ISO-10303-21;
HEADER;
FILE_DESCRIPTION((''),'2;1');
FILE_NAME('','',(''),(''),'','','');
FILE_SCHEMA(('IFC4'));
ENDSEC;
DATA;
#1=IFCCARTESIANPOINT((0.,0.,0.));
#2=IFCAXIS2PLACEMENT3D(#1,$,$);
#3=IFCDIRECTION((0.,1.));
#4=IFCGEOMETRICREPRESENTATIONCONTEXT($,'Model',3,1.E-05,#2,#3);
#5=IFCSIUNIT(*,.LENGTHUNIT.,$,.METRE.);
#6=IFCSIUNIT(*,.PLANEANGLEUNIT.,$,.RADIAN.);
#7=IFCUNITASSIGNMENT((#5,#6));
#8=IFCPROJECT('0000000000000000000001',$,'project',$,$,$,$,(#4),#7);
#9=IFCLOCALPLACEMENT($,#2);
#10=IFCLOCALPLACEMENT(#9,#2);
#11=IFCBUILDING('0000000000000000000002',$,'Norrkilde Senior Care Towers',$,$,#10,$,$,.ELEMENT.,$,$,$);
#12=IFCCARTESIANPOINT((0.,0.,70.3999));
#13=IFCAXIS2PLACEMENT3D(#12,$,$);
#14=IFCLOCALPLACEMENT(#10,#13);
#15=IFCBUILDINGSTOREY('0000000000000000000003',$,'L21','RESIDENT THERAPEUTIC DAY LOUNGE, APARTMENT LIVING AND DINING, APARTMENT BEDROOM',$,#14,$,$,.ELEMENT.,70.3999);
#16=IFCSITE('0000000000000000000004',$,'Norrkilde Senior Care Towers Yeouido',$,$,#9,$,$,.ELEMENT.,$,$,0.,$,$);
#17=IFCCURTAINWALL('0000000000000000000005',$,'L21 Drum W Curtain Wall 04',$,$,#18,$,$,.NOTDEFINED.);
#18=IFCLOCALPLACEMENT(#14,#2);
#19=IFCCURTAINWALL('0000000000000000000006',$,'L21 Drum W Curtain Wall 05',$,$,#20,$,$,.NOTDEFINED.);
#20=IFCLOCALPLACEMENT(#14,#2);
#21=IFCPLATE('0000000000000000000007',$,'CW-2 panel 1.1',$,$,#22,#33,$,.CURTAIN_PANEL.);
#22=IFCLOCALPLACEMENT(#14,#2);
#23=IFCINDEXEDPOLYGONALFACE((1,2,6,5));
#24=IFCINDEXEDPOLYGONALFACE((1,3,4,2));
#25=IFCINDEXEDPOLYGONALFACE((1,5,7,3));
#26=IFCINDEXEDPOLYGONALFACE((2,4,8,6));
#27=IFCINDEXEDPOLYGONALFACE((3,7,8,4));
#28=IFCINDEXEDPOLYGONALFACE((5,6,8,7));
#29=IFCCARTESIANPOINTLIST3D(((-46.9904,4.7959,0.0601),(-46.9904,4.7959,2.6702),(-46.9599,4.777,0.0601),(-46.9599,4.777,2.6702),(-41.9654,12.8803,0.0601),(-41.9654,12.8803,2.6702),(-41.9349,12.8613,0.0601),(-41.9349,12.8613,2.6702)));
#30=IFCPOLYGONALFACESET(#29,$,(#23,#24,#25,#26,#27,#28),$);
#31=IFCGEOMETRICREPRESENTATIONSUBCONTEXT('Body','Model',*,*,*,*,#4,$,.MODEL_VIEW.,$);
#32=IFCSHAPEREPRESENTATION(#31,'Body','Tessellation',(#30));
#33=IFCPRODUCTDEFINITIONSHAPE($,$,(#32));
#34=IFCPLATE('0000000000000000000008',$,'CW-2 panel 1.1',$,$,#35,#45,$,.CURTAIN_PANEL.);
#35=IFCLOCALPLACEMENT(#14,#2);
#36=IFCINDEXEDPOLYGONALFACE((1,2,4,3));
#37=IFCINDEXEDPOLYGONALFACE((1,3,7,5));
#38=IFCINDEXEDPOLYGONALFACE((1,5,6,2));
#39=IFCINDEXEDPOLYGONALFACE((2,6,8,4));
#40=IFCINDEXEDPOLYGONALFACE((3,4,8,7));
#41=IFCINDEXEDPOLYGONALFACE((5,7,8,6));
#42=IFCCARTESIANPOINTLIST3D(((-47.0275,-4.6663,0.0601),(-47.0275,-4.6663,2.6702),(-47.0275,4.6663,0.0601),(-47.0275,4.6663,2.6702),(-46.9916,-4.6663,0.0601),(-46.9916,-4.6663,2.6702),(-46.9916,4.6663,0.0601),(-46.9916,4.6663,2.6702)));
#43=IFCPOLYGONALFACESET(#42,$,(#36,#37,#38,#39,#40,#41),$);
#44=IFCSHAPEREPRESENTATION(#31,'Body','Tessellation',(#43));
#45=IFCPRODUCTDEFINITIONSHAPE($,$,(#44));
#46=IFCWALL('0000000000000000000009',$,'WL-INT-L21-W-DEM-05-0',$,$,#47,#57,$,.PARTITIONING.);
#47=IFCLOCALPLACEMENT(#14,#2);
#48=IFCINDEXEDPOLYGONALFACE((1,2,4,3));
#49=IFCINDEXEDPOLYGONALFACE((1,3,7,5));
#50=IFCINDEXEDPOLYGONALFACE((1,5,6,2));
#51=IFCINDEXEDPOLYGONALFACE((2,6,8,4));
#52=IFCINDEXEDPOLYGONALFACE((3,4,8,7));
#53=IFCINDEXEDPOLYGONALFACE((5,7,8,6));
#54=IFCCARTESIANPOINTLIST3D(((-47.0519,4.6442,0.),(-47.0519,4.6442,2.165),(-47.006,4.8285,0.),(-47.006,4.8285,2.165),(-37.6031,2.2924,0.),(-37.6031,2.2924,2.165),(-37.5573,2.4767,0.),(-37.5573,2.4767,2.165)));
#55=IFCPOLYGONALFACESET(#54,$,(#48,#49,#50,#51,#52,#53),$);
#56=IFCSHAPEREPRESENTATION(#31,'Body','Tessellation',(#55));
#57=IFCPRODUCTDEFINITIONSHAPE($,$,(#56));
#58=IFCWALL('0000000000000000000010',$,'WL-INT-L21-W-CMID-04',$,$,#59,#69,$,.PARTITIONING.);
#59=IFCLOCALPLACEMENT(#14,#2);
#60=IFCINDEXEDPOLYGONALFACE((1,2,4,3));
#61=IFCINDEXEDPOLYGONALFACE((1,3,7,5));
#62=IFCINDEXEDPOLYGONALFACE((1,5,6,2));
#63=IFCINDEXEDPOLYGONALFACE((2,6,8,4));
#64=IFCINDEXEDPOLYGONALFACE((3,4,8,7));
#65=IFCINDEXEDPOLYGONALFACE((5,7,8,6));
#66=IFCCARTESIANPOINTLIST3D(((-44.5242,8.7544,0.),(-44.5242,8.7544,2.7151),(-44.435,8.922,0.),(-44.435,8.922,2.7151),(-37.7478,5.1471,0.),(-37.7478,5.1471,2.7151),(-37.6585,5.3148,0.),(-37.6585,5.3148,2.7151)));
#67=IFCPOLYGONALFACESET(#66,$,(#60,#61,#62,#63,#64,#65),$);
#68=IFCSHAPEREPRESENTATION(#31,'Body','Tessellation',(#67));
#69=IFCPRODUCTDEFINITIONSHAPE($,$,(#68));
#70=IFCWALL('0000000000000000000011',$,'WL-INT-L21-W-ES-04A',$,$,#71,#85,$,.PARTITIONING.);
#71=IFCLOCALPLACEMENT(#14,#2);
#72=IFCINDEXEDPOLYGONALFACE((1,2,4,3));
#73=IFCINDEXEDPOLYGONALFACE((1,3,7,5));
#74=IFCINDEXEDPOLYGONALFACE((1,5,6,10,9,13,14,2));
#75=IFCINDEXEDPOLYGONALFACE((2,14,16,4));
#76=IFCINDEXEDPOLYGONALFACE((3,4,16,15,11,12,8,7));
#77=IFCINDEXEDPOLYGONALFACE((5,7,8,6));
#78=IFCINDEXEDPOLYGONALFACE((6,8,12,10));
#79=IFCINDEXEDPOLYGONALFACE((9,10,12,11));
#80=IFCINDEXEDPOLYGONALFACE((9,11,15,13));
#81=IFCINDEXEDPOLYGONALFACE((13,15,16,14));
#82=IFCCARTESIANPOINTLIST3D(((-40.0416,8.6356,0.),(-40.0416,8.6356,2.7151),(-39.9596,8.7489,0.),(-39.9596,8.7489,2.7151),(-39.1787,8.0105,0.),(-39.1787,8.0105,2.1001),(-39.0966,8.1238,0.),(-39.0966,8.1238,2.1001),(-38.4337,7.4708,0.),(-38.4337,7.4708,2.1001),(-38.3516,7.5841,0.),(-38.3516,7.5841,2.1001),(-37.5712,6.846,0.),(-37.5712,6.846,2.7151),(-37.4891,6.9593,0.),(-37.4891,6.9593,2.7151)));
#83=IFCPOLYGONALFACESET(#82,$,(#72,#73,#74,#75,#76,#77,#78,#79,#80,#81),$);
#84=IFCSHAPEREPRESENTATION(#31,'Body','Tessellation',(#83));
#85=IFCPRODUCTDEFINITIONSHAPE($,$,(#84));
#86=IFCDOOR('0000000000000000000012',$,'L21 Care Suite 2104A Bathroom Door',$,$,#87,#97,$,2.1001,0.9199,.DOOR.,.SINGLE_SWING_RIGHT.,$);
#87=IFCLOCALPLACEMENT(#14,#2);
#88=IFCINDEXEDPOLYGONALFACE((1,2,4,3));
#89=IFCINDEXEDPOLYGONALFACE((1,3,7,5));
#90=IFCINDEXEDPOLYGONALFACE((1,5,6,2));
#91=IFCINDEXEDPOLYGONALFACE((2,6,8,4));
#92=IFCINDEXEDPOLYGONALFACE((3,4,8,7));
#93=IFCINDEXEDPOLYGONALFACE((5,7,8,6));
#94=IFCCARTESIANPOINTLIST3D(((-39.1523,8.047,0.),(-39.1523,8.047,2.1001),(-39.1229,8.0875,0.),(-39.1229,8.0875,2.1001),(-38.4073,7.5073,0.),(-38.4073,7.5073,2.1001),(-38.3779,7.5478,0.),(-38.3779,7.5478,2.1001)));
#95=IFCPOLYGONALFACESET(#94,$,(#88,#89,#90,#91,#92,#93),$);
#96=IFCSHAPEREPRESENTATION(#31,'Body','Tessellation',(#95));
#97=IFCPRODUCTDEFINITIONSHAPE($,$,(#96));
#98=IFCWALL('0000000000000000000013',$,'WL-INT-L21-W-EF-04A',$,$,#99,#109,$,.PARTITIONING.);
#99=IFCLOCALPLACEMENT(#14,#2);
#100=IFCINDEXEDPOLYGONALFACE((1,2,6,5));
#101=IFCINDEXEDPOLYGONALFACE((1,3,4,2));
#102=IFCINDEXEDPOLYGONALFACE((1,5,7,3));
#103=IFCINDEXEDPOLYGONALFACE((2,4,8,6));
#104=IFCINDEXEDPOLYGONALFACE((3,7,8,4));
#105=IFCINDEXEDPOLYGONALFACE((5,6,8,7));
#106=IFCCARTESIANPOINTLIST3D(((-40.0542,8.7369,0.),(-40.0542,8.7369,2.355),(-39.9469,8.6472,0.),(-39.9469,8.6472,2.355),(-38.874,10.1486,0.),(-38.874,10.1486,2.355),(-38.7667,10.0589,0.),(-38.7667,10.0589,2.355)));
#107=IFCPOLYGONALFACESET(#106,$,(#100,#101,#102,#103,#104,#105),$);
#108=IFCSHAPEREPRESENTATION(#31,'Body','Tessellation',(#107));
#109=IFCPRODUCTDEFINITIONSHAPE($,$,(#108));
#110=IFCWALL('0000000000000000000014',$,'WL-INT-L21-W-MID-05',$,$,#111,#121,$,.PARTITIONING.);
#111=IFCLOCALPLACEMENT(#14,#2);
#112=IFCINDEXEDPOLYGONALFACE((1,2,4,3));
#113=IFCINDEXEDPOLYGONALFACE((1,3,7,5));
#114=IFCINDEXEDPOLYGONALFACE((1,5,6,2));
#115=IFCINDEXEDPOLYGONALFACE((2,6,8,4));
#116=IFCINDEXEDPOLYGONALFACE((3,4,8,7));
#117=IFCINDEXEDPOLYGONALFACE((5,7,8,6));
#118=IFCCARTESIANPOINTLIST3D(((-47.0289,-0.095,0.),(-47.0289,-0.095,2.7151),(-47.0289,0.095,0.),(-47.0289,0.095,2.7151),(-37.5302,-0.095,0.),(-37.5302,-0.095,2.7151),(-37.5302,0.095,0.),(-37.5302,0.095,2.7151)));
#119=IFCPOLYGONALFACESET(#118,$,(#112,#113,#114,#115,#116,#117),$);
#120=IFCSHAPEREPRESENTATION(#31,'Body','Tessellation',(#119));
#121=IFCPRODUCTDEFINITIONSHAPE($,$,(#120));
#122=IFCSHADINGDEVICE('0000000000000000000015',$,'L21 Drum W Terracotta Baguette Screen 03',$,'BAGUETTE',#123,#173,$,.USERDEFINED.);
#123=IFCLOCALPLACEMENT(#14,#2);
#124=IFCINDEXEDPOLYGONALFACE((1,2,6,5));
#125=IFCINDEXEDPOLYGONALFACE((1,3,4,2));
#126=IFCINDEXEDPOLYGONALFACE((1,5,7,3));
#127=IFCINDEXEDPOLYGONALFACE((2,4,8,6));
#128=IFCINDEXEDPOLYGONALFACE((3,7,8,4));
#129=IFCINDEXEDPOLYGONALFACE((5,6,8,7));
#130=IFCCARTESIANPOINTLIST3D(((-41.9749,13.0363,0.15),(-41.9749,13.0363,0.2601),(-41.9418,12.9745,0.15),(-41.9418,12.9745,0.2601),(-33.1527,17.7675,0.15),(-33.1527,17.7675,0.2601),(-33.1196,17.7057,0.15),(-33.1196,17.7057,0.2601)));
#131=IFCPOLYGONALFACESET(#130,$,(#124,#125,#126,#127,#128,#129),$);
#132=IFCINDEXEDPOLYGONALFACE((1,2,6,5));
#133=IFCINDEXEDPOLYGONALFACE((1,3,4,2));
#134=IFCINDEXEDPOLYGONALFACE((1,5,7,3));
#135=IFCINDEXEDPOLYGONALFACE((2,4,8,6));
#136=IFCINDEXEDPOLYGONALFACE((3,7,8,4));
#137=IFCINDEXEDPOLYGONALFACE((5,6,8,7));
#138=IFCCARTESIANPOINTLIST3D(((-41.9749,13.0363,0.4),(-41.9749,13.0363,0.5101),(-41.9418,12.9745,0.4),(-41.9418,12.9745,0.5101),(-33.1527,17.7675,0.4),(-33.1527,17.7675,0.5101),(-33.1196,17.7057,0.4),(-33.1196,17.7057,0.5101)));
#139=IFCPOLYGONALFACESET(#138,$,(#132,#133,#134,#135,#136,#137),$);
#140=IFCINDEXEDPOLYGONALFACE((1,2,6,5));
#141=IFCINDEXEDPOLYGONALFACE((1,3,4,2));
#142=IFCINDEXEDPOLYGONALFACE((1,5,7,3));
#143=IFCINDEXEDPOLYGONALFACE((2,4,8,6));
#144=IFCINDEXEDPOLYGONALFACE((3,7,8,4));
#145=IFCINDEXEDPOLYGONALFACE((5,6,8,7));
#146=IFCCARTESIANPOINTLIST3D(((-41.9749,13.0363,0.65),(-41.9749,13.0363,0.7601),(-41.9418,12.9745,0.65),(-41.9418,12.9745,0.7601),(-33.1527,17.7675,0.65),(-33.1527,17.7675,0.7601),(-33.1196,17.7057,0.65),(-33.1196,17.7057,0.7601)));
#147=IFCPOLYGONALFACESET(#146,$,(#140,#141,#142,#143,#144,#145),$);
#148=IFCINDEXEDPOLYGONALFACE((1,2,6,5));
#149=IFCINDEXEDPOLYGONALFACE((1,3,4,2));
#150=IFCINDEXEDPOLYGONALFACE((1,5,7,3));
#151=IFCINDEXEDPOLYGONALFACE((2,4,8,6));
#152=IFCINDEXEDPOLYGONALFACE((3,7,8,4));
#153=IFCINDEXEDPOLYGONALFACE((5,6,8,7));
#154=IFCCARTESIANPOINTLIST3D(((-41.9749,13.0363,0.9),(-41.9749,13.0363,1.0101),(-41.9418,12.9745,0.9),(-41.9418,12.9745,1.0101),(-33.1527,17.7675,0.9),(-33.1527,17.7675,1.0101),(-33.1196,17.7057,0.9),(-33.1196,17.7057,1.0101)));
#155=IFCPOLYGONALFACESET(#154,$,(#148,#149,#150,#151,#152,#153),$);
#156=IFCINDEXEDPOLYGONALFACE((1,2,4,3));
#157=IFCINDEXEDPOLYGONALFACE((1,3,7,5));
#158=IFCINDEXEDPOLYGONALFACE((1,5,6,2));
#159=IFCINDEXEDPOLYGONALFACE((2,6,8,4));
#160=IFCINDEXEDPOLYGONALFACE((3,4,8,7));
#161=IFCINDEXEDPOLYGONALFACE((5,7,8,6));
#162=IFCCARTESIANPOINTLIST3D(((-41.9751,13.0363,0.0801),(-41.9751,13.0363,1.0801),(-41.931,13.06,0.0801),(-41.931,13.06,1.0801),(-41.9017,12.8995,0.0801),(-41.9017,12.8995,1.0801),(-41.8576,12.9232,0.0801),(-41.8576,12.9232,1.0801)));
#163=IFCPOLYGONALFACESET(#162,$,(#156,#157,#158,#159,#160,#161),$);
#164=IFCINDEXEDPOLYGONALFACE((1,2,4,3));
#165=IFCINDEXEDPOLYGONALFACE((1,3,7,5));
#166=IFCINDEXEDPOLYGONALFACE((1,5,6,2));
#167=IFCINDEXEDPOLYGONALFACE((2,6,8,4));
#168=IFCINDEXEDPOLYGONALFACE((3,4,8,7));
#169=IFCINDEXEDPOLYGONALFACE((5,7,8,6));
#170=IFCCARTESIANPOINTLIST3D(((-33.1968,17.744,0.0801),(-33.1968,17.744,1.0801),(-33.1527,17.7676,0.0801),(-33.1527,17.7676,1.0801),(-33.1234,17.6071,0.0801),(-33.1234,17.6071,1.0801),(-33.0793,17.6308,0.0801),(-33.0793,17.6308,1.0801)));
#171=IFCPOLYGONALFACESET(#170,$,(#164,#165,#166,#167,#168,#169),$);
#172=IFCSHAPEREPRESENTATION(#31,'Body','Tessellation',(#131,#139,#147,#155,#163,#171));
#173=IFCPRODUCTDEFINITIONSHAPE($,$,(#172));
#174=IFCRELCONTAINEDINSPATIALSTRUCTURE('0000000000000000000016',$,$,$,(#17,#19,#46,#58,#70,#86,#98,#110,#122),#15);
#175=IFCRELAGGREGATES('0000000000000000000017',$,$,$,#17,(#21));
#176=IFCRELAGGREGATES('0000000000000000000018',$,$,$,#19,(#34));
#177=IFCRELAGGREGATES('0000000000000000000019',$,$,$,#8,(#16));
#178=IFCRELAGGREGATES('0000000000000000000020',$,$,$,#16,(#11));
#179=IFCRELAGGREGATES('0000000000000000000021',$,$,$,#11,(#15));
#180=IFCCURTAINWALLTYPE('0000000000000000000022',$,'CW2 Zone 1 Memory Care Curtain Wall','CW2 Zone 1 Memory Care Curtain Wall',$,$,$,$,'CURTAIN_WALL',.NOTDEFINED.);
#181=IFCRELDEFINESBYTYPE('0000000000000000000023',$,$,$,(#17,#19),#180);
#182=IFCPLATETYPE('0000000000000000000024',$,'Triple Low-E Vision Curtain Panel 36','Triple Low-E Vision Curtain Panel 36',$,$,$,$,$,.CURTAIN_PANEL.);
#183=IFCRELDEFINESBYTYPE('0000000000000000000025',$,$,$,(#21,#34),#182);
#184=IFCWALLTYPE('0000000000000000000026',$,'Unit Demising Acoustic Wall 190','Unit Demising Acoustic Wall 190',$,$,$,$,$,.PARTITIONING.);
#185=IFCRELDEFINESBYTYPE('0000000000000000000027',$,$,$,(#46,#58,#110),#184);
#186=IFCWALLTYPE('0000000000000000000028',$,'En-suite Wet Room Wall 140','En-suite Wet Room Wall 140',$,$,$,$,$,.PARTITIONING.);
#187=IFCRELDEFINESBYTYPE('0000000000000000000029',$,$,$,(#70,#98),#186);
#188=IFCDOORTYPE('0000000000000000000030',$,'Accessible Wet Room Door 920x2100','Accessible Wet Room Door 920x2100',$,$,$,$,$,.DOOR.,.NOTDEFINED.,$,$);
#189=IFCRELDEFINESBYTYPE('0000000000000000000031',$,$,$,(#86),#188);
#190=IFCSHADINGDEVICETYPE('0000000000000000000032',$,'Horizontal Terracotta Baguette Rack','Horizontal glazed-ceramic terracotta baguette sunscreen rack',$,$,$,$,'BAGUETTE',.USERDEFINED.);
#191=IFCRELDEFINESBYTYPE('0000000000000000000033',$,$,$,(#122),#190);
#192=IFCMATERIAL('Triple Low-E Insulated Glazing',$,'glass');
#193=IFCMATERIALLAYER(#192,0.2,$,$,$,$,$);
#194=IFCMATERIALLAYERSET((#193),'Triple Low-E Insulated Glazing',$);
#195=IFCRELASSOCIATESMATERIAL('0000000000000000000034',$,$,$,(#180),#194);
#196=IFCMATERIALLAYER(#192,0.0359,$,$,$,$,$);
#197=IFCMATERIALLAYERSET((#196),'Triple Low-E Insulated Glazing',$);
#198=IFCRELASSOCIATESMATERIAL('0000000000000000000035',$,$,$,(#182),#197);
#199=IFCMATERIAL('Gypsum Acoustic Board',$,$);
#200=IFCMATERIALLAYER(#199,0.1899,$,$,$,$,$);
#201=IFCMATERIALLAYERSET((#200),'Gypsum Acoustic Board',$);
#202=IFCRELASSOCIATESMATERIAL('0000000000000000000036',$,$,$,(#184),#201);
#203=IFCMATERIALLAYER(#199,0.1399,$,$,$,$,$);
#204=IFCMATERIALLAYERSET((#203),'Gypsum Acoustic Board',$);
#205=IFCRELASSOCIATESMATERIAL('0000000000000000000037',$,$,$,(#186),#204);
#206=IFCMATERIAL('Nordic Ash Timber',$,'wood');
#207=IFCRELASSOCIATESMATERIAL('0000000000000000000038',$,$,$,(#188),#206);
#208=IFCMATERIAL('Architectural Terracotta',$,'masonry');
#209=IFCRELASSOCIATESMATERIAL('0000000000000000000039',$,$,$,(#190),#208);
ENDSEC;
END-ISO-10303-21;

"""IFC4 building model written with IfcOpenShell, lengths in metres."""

from ifc_helpers import new_model, si_unit, direction, frame, frame_2d, origin, origin_2d, place, context, subcontext, project, spatial, rectangle, extrude, source, transform, mapped, material, layer, layer_set, type_object, type_shapes, element, fill, aggregate, save


model = new_model("IFC4")

# Units and contexts
model_context = context("Model", 3, precision=1e-05, world=origin(), true_north=direction((0.0, 1.0)))
body_context = subcontext(model_context, "Body", "Model", "MODEL_VIEW")
ifc_project = project(units=[si_unit("LENGTHUNIT", "METRE"), si_unit("PLANEANGLEUNIT", "RADIAN")], contexts=[model_context])

# Site, building, storey
site_placement = place(None, origin())
site = spatial("IfcSite", under=ifc_project, at=site_placement, Name="Norrkilde Senior Care Towers Yeouido", CompositionType="ELEMENT", RefElevation=0.0)
building_placement = place(site_placement, origin())
building = spatial("IfcBuilding", under=site, at=building_placement, Name="Norrkilde Senior Care Towers", CompositionType="ELEMENT")
storey_placement = place(building_placement, frame((0.0, 0.0, 70.3999)))
storey = spatial("IfcBuildingStorey", under=building, at=storey_placement, Name="L21", Description="RESIDENT THERAPEUTIC DAY LOUNGE, APARTMENT LIVING AND DINING, APARTMENT BEDROOM", CompositionType="ELEMENT", Elevation=70.3999)

# Curtain wall
ifc_material_1 = material(Name="Triple Low-E Insulated Glazing", Category="glass")
ifc_layer_1 = layer(ifc_material_1, 0.2)
ifc_layer_set_1 = layer_set([ifc_layer_1], Name="Triple Low-E Insulated Glazing")
curtain_wall_type = type_object("IfcCurtainWallType", Name="CW2 Zone 1 Memory Care Curtain Wall", Description="CW2 Zone 1 Memory Care Curtain Wall", ElementType="CURTAIN_WALL", PredefinedType="NOTDEFINED", material=ifc_layer_set_1)
curtain_wall_1_placement = place(storey_placement, origin())
curtain_wall_1 = element("IfcCurtainWall", 1, at=curtain_wall_1_placement, inside=storey, type_object=curtain_wall_type, Name="L21 Drum W Curtain Wall 04", PredefinedType="NOTDEFINED")

# Curtain wall
curtain_wall_2_placement = place(storey_placement, origin())
curtain_wall_2 = element("IfcCurtainWall", 2, at=curtain_wall_2_placement, inside=storey, type_object=curtain_wall_type, Name="L21 Drum W Curtain Wall 05", PredefinedType="NOTDEFINED")

# Plates
ifc_layer_2 = layer(ifc_material_1, 0.0359)
ifc_layer_set_2 = layer_set([ifc_layer_2], Name="Triple Low-E Insulated Glazing")
plate_type = type_object("IfcPlateType", Name="Triple Low-E Vision Curtain Panel 36", Description="Triple Low-E Vision Curtain Panel 36", PredefinedType="CURTAIN_PANEL", material=ifc_layer_set_2)
shared_shape_1 = source(origin(), body_context, "Body", "SweptSolid", [
    extrude(rectangle(XDim=9.5188, YDim=0.0359, at=origin_2d()), origin(), (0.0, 0.0, 1.0), 2.6101),
])
plate_1_placement = place(storey_placement, frame((-44.4626, 8.8286, 0.0601), z_axis=(0.0, 0.0, 1.0), x_axis=(0.527901, 0.849306, 0.0)))
plate_1 = element("IfcPlate", 3, at=plate_1_placement, type_object=plate_type, Name="CW-2 panel 1.1", PredefinedType="CURTAIN_PANEL", context=body_context, shape_type="MappedRepresentation", body=[
    mapped(shared_shape_1, transform((0.0, 0.0, 0.0), x_axis=(1.0, 0.0, 0.0), y_axis=(0.0, 1.0, 0.0), z_axis=(0.0, 0.0, 1.0), scale=1.0)),
])
aggregate(curtain_wall_1, [plate_1])
shared_shape_2 = source(origin(), body_context, "Body", "SweptSolid", [
    extrude(rectangle(XDim=9.3325, YDim=0.0359, at=origin_2d()), origin(), (0.0, 0.0, 1.0), 2.6101),
])
plate_2_placement = place(storey_placement, frame((-47.0095, 0.0, 0.0601), z_axis=(0.0, 0.0, 1.0), x_axis=(0.0, 1.0, 0.0)))
plate_2 = element("IfcPlate", 4, at=plate_2_placement, type_object=plate_type, Name="CW-2 panel 1.1", PredefinedType="CURTAIN_PANEL", context=body_context, shape_type="MappedRepresentation", body=[
    mapped(shared_shape_2, transform((0.0, 0.0, 0.0), x_axis=(1.0, 0.0, 0.0), y_axis=(0.0, 1.0, 0.0), z_axis=(0.0, 0.0, 1.0), scale=1.0)),
])
aggregate(curtain_wall_2, [plate_2])

# Shared definitions
ifc_material_2 = material(Name="Gypsum Acoustic Board")
ifc_material_3 = material(Name="Nordic Ash Timber", Category="wood")

# Walls
ifc_layer_3 = layer(ifc_material_2, 0.1899)
ifc_layer_set_3 = layer_set([ifc_layer_3], Name="Gypsum Acoustic Board")
wall_type_1 = type_object("IfcWallType", Name="Unit Demising Acoustic Wall 190", Description="Unit Demising Acoustic Wall 190", PredefinedType="PARTITIONING", material=ifc_layer_set_3)
shared_shape_3 = source(origin(), body_context, "Body", "SweptSolid", [
    extrude(rectangle(XDim=9.7371, YDim=0.1899, at=frame_2d((4.8687, 0.0))), origin(), (0.0, 0.0, 1.0), 2.165),
])
wall_1_placement = place(storey_placement, frame((-37.5801, 2.3845, 0.0), z_axis=(0.0, 0.0, 1.0), x_axis=(-0.970393, 0.241533, 0.0)))
element("IfcWall", 5, at=wall_1_placement, inside=storey, type_object=wall_type_1, Name="WL-INT-L21-W-DEM-05-0", PredefinedType="PARTITIONING", context=body_context, shape_type="MappedRepresentation", body=[
    mapped(shared_shape_3, transform((0.0, 0.0, 0.0), x_axis=(1.0, 0.0, 0.0), y_axis=(0.0, 1.0, 0.0), z_axis=(0.0, 0.0, 1.0), scale=1.0)),
])
shared_shape_4 = source(origin(), body_context, "Body", "SweptSolid", [
    extrude(rectangle(XDim=7.6768, YDim=0.1899, at=frame_2d((3.8384, 0.0))), origin(), (0.0, 0.0, 1.0), 2.7151),
])
wall_2_placement = place(storey_placement, frame((-37.7031, 5.231, 0.0), z_axis=(0.0, 0.0, 1.0), x_axis=(-0.882725, 0.46989, 0.0)))
element("IfcWall", 6, at=wall_2_placement, inside=storey, type_object=wall_type_1, Name="WL-INT-L21-W-CMID-04", PredefinedType="PARTITIONING", context=body_context, shape_type="MappedRepresentation", body=[
    mapped(shared_shape_4, transform((0.0, 0.0, 0.0), x_axis=(1.0, 0.0, 0.0), y_axis=(0.0, 1.0, 0.0), z_axis=(0.0, 0.0, 1.0), scale=1.0)),
])

# Wall, opening, door
ifc_layer_4 = layer(ifc_material_2, 0.1399)
ifc_layer_set_4 = layer_set([ifc_layer_4], Name="Gypsum Acoustic Board")
wall_type_2 = type_object("IfcWallType", Name="En-suite Wet Room Wall 140", Description="En-suite Wet Room Wall 140", PredefinedType="PARTITIONING", material=ifc_layer_set_4)
shared_shape_5 = source(origin(), body_context, "Body", "SweptSolid", [
    extrude(rectangle(XDim=3.0505, YDim=0.1399, at=frame_2d((1.5254, 0.0))), origin(), (0.0, 0.0, 1.0), 2.7151),
])
wall_3_placement = place(storey_placement, frame((-37.53, 6.9026, 0.0), z_axis=(0.0, 0.0, 1.0), x_axis=(-0.809849, 0.586638, 0.0)))
wall_3 = element("IfcWall", 7, at=wall_3_placement, inside=storey, type_object=wall_type_2, Name="WL-INT-L21-W-ES-04A", PredefinedType="PARTITIONING", context=body_context, shape_type="MappedRepresentation", body=[
    mapped(shared_shape_5, transform((0.0, 0.0, 0.0), x_axis=(1.0, 0.0, 0.0), y_axis=(0.0, 1.0, 0.0), z_axis=(0.0, 0.0, 1.0), scale=1.0)),
])
opening_1_placement = place(wall_3_placement, frame((1.0652, 0.0, 0.0)))
opening_1 = element("IfcOpeningElement", 8, at=opening_1_placement, cuts=wall_3, PredefinedType="OPENING", context=body_context, shape_type="SweptSolid", body=[
    extrude(rectangle(XDim=0.9199, YDim=2.1001, at=frame_2d((0.46, 1.05))), frame((0.0, 0.0798, 0.0), z_axis=(0.0, -1.0, 0.0), x_axis=(1.0, 0.0, 0.0)), (0.0, 0.0, 1.0), 0.1599),
])
door_type_1 = type_object("IfcDoorType", Name="Accessible Wet Room Door 920x2100", Description="Accessible Wet Room Door 920x2100", OperationType="NOTDEFINED", PredefinedType="DOOR", material=ifc_material_3)
shared_shape_6 = source(origin(), body_context, "Body", "SweptSolid", [
    extrude(rectangle(XDim=0.9199, YDim=2.1001, at=frame_2d((0.46, 1.05))), frame((0.0, 0.0249, 0.0), z_axis=(0.0, -1.0, 0.0), x_axis=(1.0, 0.0, 0.0)), (0.0, 0.0, 1.0), 0.05),
])
type_shapes(door_type_1, [shared_shape_6])
door_1_placement = place(opening_1_placement, origin())
door_1 = element("IfcDoor", 9, at=door_1_placement, inside=storey, type_object=door_type_1, Name="L21 Care Suite 2104A Bathroom Door", OperationType="SINGLE_SWING_RIGHT", OverallHeight=2.1001, OverallWidth=0.9199, PredefinedType="DOOR", context=body_context, shape_type="MappedRepresentation", body=[
    mapped(shared_shape_6, transform((0.0, 0.0, 0.0), x_axis=(1.0, 0.0, 0.0), y_axis=(0.0, 1.0, 0.0), z_axis=(0.0, 0.0, 1.0), scale=1.0)),
])
fill(opening_1, door_1)

# Walls
shared_shape_7 = source(origin(), body_context, "Body", "SweptSolid", [
    extrude(rectangle(XDim=1.8401, YDim=0.1399, at=frame_2d((0.9199, 0.0))), origin(), (0.0, 0.0, 1.0), 2.355),
])
type_shapes(wall_type_2, [shared_shape_5, shared_shape_7])
wall_4_placement = place(storey_placement, frame((-40.0005, 8.6921, 0.0), z_axis=(0.0, 0.0, 1.0), x_axis=(0.64141, 0.767198, 0.0)))
element("IfcWall", 10, at=wall_4_placement, inside=storey, type_object=wall_type_2, Name="WL-INT-L21-W-EF-04A", PredefinedType="PARTITIONING", context=body_context, shape_type="MappedRepresentation", body=[
    mapped(shared_shape_7, transform((0.0, 0.0, 0.0), x_axis=(1.0, 0.0, 0.0), y_axis=(0.0, 1.0, 0.0), z_axis=(0.0, 0.0, 1.0), scale=1.0)),
])
shared_shape_8 = source(origin(), body_context, "Body", "SweptSolid", [
    extrude(rectangle(XDim=9.4988, YDim=0.1899, at=frame_2d((4.7495, 0.0))), origin(), (0.0, 0.0, 1.0), 2.7151),
])
type_shapes(wall_type_1, [shared_shape_3, shared_shape_4, shared_shape_8])
wall_5_placement = place(storey_placement, frame((-37.53, 0.0, 0.0), z_axis=(0.0, 0.0, 1.0), x_axis=(-1.0, 0.0, 0.0)))
element("IfcWall", 11, at=wall_5_placement, inside=storey, type_object=wall_type_1, Name="WL-INT-L21-W-MID-05", PredefinedType="PARTITIONING", context=body_context, shape_type="MappedRepresentation", body=[
    mapped(shared_shape_8, transform((0.0, 0.0, 0.0), x_axis=(1.0, 0.0, 0.0), y_axis=(0.0, 1.0, 0.0), z_axis=(0.0, 0.0, 1.0), scale=1.0)),
])

# Shading device
ifc_material_4 = material(Name="Architectural Terracotta", Category="masonry")
shading_device_type = type_object("IfcShadingDeviceType", Name="Horizontal Terracotta Baguette Rack", Description="Horizontal glazed-ceramic terracotta baguette sunscreen rack", ElementType="BAGUETTE", PredefinedType="USERDEFINED", material=ifc_material_4)
shared_shape_9 = source(origin(), body_context, "Body", "SweptSolid", [
    extrude(rectangle(XDim=0.0701, YDim=0.1101, at=origin_2d()), frame((0.0, 0.0901, 0.125), z_axis=(1.0, 0.0, 0.0), x_axis=(0.0, 1.0, 0.0)), (0.0, 0.0, 1.0), 10.0107),
    extrude(rectangle(XDim=0.0701, YDim=0.1101, at=origin_2d()), frame((0.0, 0.0901, 0.375), z_axis=(1.0, 0.0, 0.0), x_axis=(0.0, 1.0, 0.0)), (0.0, 0.0, 1.0), 10.0107),
    extrude(rectangle(XDim=0.0701, YDim=0.1101, at=origin_2d()), frame((0.0, 0.0901, 0.625), z_axis=(1.0, 0.0, 0.0), x_axis=(0.0, 1.0, 0.0)), (0.0, 0.0, 1.0), 10.0107),
    extrude(rectangle(XDim=0.0701, YDim=0.1101, at=origin_2d()), frame((0.0, 0.0901, 0.875), z_axis=(1.0, 0.0, 0.0), x_axis=(0.0, 1.0, 0.0)), (0.0, 0.0, 1.0), 10.0107),
    extrude(rectangle(XDim=0.05, YDim=0.1553, at=origin_2d()), frame((0.0249, 0.0476, 0.0)), (0.0, 0.0, 1.0), 1.0),
    extrude(rectangle(XDim=0.05, YDim=0.1553, at=origin_2d()), frame((9.9858, 0.0476, 0.0)), (0.0, 0.0, 1.0), 1.0),
])
type_shapes(shading_device_type, [shared_shape_9])
shading_device_placement = place(storey_placement, frame((-41.9158, 12.926, 0.0801), z_axis=(0.0, 0.0, 1.0), x_axis=(0.88128, 0.472612, 0.0)))
element("IfcShadingDevice", 12, at=shading_device_placement, inside=storey, type_object=shading_device_type, Name="L21 Drum W Terracotta Baguette Screen 03", ObjectType="BAGUETTE", PredefinedType="USERDEFINED", context=body_context, shape_type="MappedRepresentation", body=[
    mapped(shared_shape_9, transform((0.0, 0.0, 0.0), x_axis=(1.0, 0.0, 0.0), y_axis=(0.0, 1.0, 0.0), z_axis=(0.0, 0.0, 1.0), scale=1.0)),
])

save(model, "model.ifc")
